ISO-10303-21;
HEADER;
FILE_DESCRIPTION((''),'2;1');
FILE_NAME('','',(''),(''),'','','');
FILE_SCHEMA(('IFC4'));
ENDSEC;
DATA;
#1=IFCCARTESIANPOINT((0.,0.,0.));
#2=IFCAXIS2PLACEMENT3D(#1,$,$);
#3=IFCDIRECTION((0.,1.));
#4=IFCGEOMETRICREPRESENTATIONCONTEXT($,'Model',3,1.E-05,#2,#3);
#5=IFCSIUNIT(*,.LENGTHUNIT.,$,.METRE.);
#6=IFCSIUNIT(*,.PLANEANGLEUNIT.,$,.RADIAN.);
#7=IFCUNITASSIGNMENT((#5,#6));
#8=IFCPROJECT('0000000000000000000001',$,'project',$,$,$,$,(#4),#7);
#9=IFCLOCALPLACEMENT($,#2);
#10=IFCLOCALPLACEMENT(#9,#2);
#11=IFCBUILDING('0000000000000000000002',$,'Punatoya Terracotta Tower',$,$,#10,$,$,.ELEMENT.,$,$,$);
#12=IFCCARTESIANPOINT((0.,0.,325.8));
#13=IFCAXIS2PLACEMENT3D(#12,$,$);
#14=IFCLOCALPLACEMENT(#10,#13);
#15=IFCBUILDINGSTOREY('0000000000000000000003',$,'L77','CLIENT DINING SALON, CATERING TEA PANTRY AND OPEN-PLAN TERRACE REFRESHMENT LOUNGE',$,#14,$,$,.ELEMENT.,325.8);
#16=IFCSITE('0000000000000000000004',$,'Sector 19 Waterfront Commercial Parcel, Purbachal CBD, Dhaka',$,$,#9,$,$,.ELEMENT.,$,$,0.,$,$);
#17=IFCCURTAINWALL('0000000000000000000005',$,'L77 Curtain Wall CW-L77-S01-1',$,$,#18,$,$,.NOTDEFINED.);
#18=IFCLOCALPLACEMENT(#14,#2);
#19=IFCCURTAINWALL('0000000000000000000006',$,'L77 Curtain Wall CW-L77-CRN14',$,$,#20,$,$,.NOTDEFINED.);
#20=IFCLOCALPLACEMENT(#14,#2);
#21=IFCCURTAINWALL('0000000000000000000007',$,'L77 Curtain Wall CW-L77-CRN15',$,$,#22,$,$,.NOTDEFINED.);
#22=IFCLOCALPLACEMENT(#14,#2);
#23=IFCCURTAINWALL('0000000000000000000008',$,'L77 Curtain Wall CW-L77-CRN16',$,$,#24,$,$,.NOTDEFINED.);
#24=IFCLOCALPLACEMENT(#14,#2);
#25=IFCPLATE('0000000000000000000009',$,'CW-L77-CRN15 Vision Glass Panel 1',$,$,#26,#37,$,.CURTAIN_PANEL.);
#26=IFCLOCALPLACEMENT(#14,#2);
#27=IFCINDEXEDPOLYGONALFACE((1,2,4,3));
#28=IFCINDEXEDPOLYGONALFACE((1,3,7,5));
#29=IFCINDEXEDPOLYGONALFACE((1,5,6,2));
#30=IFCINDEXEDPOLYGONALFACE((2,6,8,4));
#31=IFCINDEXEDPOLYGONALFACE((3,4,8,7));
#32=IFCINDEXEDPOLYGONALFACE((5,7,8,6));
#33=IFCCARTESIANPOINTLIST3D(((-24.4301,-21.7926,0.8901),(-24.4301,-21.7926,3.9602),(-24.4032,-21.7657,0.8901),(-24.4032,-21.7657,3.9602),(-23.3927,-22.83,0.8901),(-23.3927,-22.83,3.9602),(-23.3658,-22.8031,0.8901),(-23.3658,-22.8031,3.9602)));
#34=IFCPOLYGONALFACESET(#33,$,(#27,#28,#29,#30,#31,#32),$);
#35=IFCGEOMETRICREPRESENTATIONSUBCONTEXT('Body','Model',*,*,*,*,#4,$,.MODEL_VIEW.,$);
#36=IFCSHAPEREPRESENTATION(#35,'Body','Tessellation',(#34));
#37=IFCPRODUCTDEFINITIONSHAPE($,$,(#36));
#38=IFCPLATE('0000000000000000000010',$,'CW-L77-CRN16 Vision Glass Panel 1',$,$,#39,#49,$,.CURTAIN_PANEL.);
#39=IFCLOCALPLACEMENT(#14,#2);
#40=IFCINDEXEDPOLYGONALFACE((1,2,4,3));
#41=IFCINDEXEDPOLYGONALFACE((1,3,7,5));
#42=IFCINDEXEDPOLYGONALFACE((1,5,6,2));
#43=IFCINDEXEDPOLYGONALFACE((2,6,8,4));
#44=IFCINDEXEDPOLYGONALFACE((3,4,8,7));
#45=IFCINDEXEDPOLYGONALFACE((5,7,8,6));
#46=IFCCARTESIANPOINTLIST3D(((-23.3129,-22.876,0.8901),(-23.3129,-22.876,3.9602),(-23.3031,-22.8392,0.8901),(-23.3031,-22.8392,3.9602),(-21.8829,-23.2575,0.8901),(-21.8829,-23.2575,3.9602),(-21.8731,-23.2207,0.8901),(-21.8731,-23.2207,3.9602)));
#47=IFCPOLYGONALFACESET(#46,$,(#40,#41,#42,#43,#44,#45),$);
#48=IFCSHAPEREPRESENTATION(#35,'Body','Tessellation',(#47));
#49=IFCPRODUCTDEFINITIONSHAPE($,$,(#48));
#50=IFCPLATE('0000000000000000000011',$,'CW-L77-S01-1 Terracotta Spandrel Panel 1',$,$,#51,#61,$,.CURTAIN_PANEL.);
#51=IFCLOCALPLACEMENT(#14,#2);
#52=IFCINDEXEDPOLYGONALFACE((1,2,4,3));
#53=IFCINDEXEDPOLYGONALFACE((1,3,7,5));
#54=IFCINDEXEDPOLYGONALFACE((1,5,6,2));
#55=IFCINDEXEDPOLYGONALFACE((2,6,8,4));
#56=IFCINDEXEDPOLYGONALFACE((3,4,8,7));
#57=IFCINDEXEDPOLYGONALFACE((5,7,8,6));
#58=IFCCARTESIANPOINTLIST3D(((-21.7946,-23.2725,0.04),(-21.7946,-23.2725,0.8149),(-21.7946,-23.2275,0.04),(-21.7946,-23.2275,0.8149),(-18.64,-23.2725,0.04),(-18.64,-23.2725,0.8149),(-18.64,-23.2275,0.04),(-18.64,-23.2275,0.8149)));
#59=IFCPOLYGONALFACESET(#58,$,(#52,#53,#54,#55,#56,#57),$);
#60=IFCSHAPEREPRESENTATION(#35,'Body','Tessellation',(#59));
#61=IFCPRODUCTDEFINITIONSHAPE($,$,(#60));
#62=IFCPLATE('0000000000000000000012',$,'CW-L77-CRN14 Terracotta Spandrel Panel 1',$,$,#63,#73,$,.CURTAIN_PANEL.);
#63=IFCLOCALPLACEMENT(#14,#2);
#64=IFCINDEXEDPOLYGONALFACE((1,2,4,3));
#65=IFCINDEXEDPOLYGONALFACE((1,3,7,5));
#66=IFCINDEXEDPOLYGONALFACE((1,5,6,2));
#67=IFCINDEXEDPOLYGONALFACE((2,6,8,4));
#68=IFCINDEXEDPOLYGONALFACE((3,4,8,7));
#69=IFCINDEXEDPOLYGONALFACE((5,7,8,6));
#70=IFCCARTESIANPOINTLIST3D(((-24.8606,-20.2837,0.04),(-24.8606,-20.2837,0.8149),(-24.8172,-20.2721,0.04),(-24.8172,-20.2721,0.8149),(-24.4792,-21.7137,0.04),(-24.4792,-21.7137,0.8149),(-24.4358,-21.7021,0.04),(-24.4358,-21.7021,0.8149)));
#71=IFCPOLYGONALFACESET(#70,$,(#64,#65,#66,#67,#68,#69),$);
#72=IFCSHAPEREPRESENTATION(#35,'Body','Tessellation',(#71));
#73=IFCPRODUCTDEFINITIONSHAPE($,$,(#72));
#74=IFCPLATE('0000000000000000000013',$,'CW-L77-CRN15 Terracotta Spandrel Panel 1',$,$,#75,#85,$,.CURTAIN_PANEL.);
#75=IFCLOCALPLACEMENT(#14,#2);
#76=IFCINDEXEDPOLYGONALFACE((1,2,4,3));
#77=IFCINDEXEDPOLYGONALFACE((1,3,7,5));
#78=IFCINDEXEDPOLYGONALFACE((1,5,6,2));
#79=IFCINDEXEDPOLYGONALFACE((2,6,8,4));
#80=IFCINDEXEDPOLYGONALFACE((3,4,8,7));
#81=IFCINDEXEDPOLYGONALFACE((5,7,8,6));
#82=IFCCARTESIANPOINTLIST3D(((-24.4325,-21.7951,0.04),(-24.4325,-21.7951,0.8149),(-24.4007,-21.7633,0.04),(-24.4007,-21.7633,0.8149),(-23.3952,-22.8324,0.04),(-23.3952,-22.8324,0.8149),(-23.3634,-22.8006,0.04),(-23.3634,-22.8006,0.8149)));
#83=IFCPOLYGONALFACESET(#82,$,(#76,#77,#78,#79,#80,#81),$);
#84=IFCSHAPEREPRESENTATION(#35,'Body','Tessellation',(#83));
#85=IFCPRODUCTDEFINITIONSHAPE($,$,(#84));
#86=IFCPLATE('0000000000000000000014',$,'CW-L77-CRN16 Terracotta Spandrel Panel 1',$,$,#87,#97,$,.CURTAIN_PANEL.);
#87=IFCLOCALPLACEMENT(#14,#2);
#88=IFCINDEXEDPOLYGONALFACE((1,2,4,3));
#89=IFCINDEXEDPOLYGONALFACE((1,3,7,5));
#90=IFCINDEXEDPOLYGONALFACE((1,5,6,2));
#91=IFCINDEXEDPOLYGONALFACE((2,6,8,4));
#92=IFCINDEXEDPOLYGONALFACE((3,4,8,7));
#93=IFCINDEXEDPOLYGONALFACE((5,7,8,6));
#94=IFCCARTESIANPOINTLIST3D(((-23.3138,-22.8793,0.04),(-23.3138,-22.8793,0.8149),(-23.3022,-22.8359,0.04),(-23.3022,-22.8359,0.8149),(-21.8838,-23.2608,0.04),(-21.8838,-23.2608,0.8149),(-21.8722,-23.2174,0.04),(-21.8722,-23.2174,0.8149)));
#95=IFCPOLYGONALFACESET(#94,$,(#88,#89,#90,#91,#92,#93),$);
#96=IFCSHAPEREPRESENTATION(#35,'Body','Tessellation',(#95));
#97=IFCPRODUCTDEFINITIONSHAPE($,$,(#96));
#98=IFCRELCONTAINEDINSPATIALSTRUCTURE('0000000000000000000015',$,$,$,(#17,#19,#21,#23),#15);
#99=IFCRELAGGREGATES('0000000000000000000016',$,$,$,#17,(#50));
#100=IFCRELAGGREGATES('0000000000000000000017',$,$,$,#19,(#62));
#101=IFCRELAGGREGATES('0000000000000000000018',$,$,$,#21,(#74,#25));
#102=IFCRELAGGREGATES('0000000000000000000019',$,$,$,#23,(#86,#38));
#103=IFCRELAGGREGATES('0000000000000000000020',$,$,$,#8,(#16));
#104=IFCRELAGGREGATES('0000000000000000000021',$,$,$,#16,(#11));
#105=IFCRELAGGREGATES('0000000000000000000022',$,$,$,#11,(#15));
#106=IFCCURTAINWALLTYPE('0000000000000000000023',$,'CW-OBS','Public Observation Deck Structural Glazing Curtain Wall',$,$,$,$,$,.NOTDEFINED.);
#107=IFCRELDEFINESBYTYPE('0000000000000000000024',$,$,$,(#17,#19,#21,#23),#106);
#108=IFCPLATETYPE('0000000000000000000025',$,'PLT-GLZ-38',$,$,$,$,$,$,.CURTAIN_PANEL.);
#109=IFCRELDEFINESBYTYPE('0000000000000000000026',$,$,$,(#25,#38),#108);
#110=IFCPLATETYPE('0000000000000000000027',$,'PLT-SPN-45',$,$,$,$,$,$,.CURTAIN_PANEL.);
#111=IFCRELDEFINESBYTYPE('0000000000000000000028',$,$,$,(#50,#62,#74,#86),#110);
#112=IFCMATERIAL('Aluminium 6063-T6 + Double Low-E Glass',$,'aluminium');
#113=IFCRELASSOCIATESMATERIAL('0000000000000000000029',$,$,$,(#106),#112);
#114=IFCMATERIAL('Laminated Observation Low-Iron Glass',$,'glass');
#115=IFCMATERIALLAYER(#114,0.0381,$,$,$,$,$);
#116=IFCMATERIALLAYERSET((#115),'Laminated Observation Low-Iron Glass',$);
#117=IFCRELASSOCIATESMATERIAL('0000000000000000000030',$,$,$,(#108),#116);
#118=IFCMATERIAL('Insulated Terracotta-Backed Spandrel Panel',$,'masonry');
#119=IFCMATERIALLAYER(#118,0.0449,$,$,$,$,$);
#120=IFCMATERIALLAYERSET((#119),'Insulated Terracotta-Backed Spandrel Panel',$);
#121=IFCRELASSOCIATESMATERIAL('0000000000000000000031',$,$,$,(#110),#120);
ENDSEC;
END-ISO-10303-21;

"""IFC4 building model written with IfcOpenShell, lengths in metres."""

from ifc_helpers import new_model, si_unit, direction, frame, origin, origin_2d, place, context, subcontext, project, spatial, rectangle, extrude, material, layer, layer_set, type_object, element, aggregate, save


model = new_model("IFC4")

# Units and contexts
model_context = context("Model", 3, precision=1e-05, world=origin(), true_north=direction((0.0, 1.0)))
body_context = subcontext(model_context, "Body", "Model", "MODEL_VIEW")
ifc_project = project(units=[si_unit("LENGTHUNIT", "METRE"), si_unit("PLANEANGLEUNIT", "RADIAN")], contexts=[model_context])

# Site, building, storey
site_placement = place(None, origin())
site = spatial("IfcSite", under=ifc_project, at=site_placement, Name="Sector 19 Waterfront Commercial Parcel, Purbachal CBD, Dhaka", CompositionType="ELEMENT", RefElevation=0.0)
building_placement = place(site_placement, origin())
building = spatial("IfcBuilding", under=site, at=building_placement, Name="Punatoya Terracotta Tower", CompositionType="ELEMENT")
storey_placement = place(building_placement, frame((0.0, 0.0, 325.8)))
storey = spatial("IfcBuildingStorey", under=building, at=storey_placement, Name="L77", Description="CLIENT DINING SALON, CATERING TEA PANTRY AND OPEN-PLAN TERRACE REFRESHMENT LOUNGE", CompositionType="ELEMENT", Elevation=325.8)

# Curtain wall
ifc_material_1 = material(Name="Aluminium 6063-T6 + Double Low-E Glass", Category="aluminium")
curtain_wall_type = type_object("IfcCurtainWallType", Name="CW-OBS", Description="Public Observation Deck Structural Glazing Curtain Wall", PredefinedType="NOTDEFINED", material=ifc_material_1)
curtain_wall_1_placement = place(storey_placement, origin())
curtain_wall_1 = element("IfcCurtainWall", 1, at=curtain_wall_1_placement, inside=storey, type_object=curtain_wall_type, Name="L77 Curtain Wall CW-L77-S01-1", PredefinedType="NOTDEFINED")

# Curtain walls
curtain_wall_2_placement = place(storey_placement, origin())
curtain_wall_2 = element("IfcCurtainWall", 2, at=curtain_wall_2_placement, inside=storey, type_object=curtain_wall_type, Name="L77 Curtain Wall CW-L77-CRN14", PredefinedType="NOTDEFINED")
curtain_wall_3_placement = place(storey_placement, origin())
curtain_wall_3 = element("IfcCurtainWall", 3, at=curtain_wall_3_placement, inside=storey, type_object=curtain_wall_type, Name="L77 Curtain Wall CW-L77-CRN15", PredefinedType="NOTDEFINED")
curtain_wall_4_placement = place(storey_placement, origin())
curtain_wall_4 = element("IfcCurtainWall", 4, at=curtain_wall_4_placement, inside=storey, type_object=curtain_wall_type, Name="L77 Curtain Wall CW-L77-CRN16", PredefinedType="NOTDEFINED")

# Plates
ifc_material_2 = material(Name="Laminated Observation Low-Iron Glass", Category="glass")
ifc_layer_1 = layer(ifc_material_2, 0.0381)
ifc_layer_set_1 = layer_set([ifc_layer_1], Name="Laminated Observation Low-Iron Glass")
plate_type_1 = type_object("IfcPlateType", Name="PLT-GLZ-38", PredefinedType="CURTAIN_PANEL", material=ifc_layer_set_1)
plate_1_placement = place(storey_placement, frame((-23.8979, -22.2979, 0.8901), z_axis=(0.0, 0.0, 1.0), x_axis=(0.707107, -0.707107, 0.0)))
plate_1 = element("IfcPlate", 5, at=plate_1_placement, type_object=plate_type_1, Name="CW-L77-CRN15 Vision Glass Panel 1", PredefinedType="CURTAIN_PANEL", context=body_context, shape_type="SweptSolid", body=[
    extrude(rectangle(XDim=1.467, YDim=0.0381, at=origin_2d()), origin(), (0.0, 0.0, 1.0), 3.0701),
])
plate_2_placement = place(storey_placement, frame((-22.593, -23.0483, 0.8901), z_axis=(0.0, 0.0, 1.0), x_axis=(0.966214, -0.257742, 0.0)))
plate_2 = element("IfcPlate", 6, at=plate_2_placement, type_object=plate_type_1, Name="CW-L77-CRN16 Vision Glass Panel 1", PredefinedType="CURTAIN_PANEL", context=body_context, shape_type="SweptSolid", body=[
    extrude(rectangle(XDim=1.48, YDim=0.0381, at=origin_2d()), origin(), (0.0, 0.0, 1.0), 3.0701),
])
ifc_material_3 = material(Name="Insulated Terracotta-Backed Spandrel Panel", Category="masonry")
ifc_layer_2 = layer(ifc_material_3, 0.0449)
ifc_layer_set_2 = layer_set([ifc_layer_2], Name="Insulated Terracotta-Backed Spandrel Panel")
plate_type_2 = type_object("IfcPlateType", Name="PLT-SPN-45", PredefinedType="CURTAIN_PANEL", material=ifc_layer_set_2)
plate_3_placement = place(storey_placement, frame((-20.2173, -23.25, 0.04), z_axis=(0.0, 0.0, 1.0), x_axis=(1.0, 0.0, 0.0)))
plate_3 = element("IfcPlate", 7, at=plate_3_placement, type_object=plate_type_2, Name="CW-L77-S01-1 Terracotta Spandrel Panel 1", PredefinedType="CURTAIN_PANEL", context=body_context, shape_type="SweptSolid", body=[
    extrude(rectangle(XDim=3.1545, YDim=0.0449, at=origin_2d()), origin(), (0.0, 0.0, 1.0), 0.7749),
])
aggregate(curtain_wall_1, [plate_3])
plate_4_placement = place(storey_placement, frame((-24.6482, -20.9929, 0.04), z_axis=(0.0, 0.0, 1.0), x_axis=(0.257742, -0.966214, 0.0)))
plate_4 = element("IfcPlate", 8, at=plate_4_placement, type_object=plate_type_2, Name="CW-L77-CRN14 Terracotta Spandrel Panel 1", PredefinedType="CURTAIN_PANEL", context=body_context, shape_type="SweptSolid", body=[
    extrude(rectangle(XDim=1.48, YDim=0.0449, at=origin_2d()), origin(), (0.0, 0.0, 1.0), 0.7749),
])
aggregate(curtain_wall_2, [plate_4])
plate_5_placement = place(storey_placement, frame((-23.8979, -22.2979, 0.04), z_axis=(0.0, 0.0, 1.0), x_axis=(0.707107, -0.707107, 0.0)))
plate_5 = element("IfcPlate", 9, at=plate_5_placement, type_object=plate_type_2, Name="CW-L77-CRN15 Terracotta Spandrel Panel 1", PredefinedType="CURTAIN_PANEL", context=body_context, shape_type="SweptSolid", body=[
    extrude(rectangle(XDim=1.467, YDim=0.0449, at=origin_2d()), origin(), (0.0, 0.0, 1.0), 0.7749),
])
aggregate(curtain_wall_3, [plate_5, plate_1])
plate_6_placement = place(storey_placement, frame((-22.593, -23.0483, 0.04), z_axis=(0.0, 0.0, 1.0), x_axis=(0.966214, -0.257742, 0.0)))
plate_6 = element("IfcPlate", 10, at=plate_6_placement, type_object=plate_type_2, Name="CW-L77-CRN16 Terracotta Spandrel Panel 1", PredefinedType="CURTAIN_PANEL", context=body_context, shape_type="SweptSolid", body=[
    extrude(rectangle(XDim=1.48, YDim=0.0449, at=origin_2d()), origin(), (0.0, 0.0, 1.0), 0.7749),
])
aggregate(curtain_wall_4, [plate_6, plate_2])

save(model, "model.ifc")
